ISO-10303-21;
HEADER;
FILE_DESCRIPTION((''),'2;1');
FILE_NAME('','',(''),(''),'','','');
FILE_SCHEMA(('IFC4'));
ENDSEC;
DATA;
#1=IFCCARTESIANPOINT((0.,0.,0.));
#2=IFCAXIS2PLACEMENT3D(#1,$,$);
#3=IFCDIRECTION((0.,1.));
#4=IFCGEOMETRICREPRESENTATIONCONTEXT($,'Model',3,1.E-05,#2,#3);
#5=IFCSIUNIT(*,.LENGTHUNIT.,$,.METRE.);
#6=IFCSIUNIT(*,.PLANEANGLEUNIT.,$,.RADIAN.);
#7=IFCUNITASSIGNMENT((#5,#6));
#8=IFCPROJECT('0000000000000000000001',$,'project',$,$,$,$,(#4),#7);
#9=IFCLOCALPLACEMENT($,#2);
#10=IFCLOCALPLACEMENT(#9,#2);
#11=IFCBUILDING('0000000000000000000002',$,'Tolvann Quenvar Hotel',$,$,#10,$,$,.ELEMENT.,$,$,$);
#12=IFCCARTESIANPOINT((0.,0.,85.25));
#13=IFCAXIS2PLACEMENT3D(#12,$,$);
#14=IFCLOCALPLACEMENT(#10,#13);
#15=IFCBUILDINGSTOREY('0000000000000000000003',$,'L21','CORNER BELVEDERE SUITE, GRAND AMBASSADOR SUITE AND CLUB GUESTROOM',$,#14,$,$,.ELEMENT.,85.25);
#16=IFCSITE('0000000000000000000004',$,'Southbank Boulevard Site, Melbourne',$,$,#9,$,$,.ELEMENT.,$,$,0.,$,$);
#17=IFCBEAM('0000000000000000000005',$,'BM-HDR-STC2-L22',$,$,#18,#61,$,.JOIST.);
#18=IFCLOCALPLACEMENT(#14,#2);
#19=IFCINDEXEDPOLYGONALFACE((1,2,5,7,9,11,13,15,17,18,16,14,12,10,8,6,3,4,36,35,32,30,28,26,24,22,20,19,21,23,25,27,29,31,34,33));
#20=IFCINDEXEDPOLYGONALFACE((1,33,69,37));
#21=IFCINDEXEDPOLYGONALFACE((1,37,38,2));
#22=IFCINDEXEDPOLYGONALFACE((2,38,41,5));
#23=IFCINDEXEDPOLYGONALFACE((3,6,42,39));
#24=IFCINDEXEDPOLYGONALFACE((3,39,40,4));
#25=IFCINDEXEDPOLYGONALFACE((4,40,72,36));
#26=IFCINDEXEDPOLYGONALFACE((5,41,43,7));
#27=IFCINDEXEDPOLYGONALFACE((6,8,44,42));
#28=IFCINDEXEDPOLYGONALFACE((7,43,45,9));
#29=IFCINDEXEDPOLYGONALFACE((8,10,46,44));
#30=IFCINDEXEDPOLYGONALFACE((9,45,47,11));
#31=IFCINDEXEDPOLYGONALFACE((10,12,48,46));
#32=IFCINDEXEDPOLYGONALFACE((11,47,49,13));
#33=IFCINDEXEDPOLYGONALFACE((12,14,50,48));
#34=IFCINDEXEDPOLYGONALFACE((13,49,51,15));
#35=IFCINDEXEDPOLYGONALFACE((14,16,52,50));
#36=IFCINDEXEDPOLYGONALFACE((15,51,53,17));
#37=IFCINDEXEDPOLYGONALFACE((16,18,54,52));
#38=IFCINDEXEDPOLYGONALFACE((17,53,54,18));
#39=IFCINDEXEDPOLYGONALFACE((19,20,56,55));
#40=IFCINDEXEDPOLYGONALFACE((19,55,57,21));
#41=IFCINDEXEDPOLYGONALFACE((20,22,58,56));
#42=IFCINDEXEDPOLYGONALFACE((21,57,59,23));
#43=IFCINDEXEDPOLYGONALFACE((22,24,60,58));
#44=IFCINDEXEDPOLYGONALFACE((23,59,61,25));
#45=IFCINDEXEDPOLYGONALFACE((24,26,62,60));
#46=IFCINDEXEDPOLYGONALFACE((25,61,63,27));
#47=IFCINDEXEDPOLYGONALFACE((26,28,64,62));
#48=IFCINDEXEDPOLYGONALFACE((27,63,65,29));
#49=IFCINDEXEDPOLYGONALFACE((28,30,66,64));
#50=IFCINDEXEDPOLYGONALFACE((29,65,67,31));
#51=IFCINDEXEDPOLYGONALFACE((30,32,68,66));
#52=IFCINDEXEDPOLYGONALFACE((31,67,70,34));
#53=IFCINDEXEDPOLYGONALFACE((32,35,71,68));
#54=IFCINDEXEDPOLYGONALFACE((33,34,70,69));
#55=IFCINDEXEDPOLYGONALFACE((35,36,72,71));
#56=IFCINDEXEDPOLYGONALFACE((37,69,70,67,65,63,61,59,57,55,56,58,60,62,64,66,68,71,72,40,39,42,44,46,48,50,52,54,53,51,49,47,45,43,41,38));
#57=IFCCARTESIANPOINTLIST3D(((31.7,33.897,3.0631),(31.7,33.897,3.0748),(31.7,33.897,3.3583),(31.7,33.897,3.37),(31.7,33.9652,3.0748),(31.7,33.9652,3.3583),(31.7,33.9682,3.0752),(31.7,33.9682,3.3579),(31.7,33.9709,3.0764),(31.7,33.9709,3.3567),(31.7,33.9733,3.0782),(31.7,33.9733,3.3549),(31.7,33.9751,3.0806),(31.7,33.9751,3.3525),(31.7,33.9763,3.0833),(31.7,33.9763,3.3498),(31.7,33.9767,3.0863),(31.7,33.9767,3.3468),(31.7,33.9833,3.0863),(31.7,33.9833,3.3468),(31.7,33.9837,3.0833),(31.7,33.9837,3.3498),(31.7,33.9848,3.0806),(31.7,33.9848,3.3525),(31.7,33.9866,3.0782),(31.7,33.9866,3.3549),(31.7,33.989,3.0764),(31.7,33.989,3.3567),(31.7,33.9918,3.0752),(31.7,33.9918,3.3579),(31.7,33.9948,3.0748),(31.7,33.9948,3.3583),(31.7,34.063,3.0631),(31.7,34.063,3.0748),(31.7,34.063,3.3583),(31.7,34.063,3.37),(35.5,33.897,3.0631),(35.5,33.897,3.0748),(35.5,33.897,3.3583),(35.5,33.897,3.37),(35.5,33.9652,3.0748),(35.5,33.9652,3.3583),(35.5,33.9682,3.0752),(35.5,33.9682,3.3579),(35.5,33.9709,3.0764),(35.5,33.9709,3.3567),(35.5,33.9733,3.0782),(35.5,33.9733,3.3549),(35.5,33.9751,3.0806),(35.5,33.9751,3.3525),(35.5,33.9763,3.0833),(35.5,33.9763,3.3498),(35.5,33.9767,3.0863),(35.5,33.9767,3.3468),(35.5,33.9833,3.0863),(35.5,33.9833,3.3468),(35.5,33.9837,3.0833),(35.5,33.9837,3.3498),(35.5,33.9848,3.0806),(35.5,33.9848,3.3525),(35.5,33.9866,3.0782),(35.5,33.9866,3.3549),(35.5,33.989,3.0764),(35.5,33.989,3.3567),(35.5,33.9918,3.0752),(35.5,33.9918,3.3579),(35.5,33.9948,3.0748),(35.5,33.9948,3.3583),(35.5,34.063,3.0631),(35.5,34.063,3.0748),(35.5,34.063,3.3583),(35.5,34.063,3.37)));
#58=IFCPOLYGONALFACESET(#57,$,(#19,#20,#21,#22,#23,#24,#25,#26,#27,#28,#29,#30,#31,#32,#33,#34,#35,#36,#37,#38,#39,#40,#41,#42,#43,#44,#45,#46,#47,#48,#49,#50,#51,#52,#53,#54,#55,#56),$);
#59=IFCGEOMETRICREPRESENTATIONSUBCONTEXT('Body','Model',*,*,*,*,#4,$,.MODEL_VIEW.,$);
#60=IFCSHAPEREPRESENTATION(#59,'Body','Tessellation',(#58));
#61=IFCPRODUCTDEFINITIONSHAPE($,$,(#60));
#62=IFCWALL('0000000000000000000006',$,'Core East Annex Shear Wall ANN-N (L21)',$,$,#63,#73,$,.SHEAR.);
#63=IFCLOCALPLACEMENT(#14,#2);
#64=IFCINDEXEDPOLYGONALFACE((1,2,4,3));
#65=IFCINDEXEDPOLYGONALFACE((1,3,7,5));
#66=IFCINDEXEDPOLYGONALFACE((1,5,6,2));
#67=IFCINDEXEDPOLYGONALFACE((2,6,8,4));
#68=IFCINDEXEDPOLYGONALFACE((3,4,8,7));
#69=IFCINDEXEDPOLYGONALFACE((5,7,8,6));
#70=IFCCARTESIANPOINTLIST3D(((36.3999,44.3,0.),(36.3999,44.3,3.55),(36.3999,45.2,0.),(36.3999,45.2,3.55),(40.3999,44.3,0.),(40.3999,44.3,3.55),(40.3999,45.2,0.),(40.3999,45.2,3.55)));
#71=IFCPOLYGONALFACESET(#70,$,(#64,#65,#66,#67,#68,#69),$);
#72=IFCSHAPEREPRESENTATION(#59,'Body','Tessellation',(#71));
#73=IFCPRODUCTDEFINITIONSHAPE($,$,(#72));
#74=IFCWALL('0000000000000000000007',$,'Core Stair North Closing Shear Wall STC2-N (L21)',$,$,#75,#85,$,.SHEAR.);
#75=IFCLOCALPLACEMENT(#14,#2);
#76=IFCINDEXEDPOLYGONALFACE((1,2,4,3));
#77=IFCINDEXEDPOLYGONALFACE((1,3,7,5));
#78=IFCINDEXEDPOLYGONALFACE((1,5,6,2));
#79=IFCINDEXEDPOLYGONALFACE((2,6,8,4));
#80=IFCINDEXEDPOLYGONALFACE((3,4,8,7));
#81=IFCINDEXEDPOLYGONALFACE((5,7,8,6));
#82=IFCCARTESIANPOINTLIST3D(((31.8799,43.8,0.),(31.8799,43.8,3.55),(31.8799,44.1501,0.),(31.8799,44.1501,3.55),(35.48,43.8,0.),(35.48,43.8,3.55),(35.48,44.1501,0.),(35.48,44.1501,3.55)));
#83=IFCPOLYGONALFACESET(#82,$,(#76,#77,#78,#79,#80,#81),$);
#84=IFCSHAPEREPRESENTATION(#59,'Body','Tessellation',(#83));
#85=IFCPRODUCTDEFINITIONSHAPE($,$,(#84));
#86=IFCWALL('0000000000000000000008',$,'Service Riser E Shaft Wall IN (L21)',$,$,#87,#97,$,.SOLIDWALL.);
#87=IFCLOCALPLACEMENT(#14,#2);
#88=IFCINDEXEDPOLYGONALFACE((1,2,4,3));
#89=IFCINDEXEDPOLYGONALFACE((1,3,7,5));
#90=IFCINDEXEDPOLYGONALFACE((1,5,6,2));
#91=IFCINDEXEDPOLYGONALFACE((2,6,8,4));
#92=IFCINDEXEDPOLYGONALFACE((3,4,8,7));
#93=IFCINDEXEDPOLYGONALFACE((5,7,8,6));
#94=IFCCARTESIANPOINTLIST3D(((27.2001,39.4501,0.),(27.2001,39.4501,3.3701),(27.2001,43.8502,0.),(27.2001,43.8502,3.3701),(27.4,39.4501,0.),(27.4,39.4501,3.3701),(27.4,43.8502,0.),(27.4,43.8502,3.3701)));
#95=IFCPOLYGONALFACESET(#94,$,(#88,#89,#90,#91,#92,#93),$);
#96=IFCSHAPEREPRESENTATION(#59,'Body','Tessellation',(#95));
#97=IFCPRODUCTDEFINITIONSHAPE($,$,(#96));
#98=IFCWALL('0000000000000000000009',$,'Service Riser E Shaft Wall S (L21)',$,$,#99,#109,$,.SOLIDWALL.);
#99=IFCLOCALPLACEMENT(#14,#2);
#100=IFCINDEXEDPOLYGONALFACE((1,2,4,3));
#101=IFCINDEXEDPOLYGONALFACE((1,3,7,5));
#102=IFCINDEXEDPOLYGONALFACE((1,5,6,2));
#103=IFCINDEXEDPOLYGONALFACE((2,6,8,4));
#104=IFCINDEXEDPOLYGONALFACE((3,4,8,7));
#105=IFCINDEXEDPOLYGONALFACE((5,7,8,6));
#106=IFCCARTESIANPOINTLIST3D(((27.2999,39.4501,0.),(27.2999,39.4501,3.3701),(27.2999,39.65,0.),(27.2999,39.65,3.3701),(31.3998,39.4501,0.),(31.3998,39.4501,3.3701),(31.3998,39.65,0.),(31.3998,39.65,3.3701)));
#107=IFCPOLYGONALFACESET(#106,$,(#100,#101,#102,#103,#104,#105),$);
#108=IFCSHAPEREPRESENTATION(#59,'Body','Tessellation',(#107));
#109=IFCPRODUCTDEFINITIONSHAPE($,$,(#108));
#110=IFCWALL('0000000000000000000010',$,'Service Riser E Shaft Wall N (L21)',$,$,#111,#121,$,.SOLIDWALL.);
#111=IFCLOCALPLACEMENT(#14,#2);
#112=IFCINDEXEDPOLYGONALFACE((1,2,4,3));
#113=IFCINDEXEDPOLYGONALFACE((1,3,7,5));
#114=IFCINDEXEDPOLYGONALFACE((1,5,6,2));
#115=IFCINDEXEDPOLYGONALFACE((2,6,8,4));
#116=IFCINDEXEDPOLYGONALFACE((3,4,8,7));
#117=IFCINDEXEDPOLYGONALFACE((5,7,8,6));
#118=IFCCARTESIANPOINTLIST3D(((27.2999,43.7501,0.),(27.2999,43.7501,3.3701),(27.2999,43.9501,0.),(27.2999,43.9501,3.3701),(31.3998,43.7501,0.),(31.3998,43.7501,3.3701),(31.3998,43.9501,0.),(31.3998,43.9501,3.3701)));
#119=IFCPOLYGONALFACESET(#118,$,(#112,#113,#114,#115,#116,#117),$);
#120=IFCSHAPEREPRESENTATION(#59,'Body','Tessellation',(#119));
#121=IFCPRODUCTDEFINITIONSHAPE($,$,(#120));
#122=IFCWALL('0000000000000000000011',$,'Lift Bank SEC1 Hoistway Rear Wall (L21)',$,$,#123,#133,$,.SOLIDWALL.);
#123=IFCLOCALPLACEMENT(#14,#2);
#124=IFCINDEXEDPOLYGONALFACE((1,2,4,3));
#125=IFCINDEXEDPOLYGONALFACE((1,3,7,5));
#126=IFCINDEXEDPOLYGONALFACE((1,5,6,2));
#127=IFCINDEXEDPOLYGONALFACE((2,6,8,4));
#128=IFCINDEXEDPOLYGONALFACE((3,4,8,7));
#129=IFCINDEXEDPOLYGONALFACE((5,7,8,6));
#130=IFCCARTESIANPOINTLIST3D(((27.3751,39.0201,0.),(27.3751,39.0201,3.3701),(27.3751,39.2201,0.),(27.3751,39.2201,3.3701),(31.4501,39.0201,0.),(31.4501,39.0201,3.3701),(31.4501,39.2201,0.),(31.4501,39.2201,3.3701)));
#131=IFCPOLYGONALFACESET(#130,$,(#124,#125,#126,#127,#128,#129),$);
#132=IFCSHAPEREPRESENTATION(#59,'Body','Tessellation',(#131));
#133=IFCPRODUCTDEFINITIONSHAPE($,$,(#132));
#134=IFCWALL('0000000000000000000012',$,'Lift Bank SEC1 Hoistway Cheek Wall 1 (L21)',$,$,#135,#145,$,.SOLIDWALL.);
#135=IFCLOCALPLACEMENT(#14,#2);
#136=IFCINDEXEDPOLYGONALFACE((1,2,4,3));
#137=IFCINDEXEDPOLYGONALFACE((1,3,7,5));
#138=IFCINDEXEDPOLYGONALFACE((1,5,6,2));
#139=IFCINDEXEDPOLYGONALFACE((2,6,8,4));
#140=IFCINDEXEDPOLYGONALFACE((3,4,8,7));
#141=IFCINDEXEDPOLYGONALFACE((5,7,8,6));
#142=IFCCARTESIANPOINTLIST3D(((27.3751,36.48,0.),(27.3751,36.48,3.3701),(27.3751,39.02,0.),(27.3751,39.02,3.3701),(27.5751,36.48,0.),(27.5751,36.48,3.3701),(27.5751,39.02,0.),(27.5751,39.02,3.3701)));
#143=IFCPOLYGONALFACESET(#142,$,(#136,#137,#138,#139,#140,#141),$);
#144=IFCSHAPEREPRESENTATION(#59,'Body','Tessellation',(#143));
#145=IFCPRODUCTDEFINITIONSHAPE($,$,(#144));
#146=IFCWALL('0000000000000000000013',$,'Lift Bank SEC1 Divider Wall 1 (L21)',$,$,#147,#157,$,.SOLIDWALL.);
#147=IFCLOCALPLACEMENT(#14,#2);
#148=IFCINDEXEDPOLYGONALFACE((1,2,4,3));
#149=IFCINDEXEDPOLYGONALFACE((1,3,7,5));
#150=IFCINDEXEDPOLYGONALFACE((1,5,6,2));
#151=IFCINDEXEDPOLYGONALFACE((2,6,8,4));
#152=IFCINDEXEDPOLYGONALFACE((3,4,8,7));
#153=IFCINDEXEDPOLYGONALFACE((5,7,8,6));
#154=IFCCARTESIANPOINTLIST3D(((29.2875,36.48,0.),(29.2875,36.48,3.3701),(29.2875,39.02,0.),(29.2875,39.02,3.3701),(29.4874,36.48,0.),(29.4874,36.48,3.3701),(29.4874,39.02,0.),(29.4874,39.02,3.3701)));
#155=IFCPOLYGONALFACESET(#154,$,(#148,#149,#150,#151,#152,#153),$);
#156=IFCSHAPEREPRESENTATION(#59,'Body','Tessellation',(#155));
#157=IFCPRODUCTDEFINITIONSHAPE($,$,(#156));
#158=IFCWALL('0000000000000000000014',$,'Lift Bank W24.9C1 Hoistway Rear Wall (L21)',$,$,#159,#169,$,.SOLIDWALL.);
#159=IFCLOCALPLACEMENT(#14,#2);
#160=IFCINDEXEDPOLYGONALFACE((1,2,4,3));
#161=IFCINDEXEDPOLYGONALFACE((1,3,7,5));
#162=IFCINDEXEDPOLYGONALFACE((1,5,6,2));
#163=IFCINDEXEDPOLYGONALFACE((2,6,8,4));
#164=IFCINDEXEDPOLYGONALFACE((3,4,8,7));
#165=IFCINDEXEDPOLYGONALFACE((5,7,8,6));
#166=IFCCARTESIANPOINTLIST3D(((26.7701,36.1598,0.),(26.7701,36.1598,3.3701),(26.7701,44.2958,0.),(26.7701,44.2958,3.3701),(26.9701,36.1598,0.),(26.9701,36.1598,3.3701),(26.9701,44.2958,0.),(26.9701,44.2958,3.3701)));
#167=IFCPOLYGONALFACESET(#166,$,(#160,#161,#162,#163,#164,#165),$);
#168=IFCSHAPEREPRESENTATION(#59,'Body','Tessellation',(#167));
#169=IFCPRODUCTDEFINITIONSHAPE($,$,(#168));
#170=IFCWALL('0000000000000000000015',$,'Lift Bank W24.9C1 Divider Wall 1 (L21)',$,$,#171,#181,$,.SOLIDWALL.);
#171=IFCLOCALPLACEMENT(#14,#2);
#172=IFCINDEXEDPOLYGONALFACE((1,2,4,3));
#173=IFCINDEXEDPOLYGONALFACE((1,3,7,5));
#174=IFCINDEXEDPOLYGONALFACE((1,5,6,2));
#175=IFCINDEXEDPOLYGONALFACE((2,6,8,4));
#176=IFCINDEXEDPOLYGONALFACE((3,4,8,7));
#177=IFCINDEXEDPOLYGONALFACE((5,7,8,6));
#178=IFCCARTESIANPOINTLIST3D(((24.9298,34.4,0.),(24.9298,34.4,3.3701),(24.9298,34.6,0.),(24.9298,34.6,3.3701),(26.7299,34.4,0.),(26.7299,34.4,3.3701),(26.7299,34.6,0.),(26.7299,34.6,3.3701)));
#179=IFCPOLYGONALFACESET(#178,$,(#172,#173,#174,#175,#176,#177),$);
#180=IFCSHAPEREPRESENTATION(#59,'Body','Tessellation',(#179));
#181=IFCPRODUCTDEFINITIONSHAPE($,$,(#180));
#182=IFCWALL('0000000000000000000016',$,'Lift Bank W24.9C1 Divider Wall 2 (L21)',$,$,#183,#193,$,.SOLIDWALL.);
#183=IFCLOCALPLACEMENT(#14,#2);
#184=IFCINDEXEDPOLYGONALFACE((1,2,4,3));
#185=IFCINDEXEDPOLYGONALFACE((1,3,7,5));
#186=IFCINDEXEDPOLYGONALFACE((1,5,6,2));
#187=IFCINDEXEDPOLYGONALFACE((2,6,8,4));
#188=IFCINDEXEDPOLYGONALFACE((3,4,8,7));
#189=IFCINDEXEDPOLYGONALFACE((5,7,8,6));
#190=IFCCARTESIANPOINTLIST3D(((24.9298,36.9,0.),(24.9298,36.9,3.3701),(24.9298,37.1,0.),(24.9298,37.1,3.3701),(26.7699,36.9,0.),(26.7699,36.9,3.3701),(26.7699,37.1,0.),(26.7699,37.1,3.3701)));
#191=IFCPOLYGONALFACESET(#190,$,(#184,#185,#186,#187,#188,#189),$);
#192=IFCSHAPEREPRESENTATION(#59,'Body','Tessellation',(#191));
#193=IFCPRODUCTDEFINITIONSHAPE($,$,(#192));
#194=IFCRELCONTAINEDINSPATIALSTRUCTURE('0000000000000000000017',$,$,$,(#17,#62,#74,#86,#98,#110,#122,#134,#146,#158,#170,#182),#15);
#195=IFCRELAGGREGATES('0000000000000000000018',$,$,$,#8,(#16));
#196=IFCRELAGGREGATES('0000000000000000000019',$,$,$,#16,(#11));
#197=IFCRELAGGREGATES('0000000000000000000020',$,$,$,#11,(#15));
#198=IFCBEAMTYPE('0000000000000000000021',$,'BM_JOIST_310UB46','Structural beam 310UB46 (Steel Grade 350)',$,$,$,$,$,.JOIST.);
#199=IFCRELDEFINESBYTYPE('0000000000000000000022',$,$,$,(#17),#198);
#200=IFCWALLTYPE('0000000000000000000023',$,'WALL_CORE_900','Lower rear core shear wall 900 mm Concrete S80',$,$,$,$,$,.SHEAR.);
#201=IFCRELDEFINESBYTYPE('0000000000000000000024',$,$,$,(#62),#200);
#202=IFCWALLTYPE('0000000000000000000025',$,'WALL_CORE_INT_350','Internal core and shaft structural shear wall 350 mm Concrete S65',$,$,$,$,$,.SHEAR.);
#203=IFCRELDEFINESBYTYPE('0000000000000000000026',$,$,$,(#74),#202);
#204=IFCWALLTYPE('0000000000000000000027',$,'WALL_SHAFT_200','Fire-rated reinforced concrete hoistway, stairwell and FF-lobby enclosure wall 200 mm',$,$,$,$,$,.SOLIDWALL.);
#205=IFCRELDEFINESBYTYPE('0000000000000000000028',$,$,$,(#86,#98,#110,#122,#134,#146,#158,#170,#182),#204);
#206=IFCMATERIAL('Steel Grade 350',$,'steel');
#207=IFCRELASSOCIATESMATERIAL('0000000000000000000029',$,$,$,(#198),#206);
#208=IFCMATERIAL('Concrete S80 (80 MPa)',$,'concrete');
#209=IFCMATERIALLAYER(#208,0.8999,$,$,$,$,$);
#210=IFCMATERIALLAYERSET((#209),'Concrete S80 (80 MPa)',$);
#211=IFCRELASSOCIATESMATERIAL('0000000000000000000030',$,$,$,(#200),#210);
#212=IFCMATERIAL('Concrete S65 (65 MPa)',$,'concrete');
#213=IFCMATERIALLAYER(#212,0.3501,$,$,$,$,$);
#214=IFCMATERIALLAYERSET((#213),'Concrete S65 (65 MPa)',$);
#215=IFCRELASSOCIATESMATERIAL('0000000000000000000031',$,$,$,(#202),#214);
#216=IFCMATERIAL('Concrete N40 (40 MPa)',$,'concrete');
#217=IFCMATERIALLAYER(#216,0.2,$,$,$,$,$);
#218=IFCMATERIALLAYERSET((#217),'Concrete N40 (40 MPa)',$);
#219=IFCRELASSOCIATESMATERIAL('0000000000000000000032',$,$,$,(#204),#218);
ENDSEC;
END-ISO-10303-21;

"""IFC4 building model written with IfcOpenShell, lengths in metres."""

from ifc_helpers import new_model, si_unit, direction, frame, frame_2d, origin, origin_2d, place, context, subcontext, project, spatial, rectangle, i_section, extrude, source, transform, mapped, material, layer, layer_set, material_profile, profile_set, type_object, type_shapes, element, save


model = new_model("IFC4")

# Units and contexts
model_context = context("Model", 3, precision=1e-05, world=origin(), true_north=direction((0.0, 1.0)))
body_context = subcontext(model_context, "Body", "Model", "MODEL_VIEW")
ifc_project = project(units=[si_unit("LENGTHUNIT", "METRE"), si_unit("PLANEANGLEUNIT", "RADIAN")], contexts=[model_context])

# Site, building, storey
site_placement = place(None, origin())
site = spatial("IfcSite", under=ifc_project, at=site_placement, Name="Southbank Boulevard Site, Melbourne", CompositionType="ELEMENT", RefElevation=0.0)
building_placement = place(site_placement, origin())
building = spatial("IfcBuilding", under=site, at=building_placement, Name="Tolvann Quenvar Hotel", CompositionType="ELEMENT")
storey_placement = place(building_placement, frame((0.0, 0.0, 85.25)))
storey = spatial("IfcBuildingStorey", under=building, at=storey_placement, Name="L21", Description="CORNER BELVEDERE SUITE, GRAND AMBASSADOR SUITE AND CLUB GUESTROOM", CompositionType="ELEMENT", Elevation=85.25)

# Beam
ifc_material_1 = material(Name="Steel Grade 350", Category="steel")
ifc_material_profile = material_profile(ifc_material_1, i_section(OverallWidth=0.166, OverallDepth=0.3069, WebThickness=0.0066, FlangeThickness=0.0117, FilletRadius=0.0115, at=origin_2d()), Name="310UB46")
ifc_profile_set = profile_set([ifc_material_profile], Name="Steel Grade 350")
beam_type = type_object("IfcBeamType", Name="BM_JOIST_310UB46", Description="Structural beam 310UB46 (Steel Grade 350)", PredefinedType="JOIST", material=ifc_profile_set)
shared_shape_1 = source(origin(), body_context, "Body", "SweptSolid", [
    extrude(i_section(OverallWidth=0.166, OverallDepth=0.3069, WebThickness=0.0066, FlangeThickness=0.0117, FilletRadius=0.0115, at=origin_2d()), origin(), (0.0, 0.0, 1.0), 3.8),
])
type_shapes(beam_type, [shared_shape_1])
beam_placement = place(storey_placement, frame((31.7, 33.98, 3.2166), z_axis=(1.0, 0.0, 0.0), x_axis=(0.0, 1.0, 0.0)))
element("IfcBeam", 1, at=beam_placement, inside=storey, type_object=beam_type, Name="BM-HDR-STC2-L22", PredefinedType="JOIST", context=body_context, shape_type="MappedRepresentation", body=[
    mapped(shared_shape_1, transform((0.0, 0.0, 0.0), x_axis=(1.0, 0.0, 0.0), y_axis=(0.0, 1.0, 0.0), z_axis=(0.0, 0.0, 1.0), scale=1.0)),
])

# Walls
ifc_material_2 = material(Name="Concrete S80 (80 MPa)", Category="concrete")
ifc_layer_1 = layer(ifc_material_2, 0.8999)
ifc_layer_set_1 = layer_set([ifc_layer_1], Name="Concrete S80 (80 MPa)")
wall_type_1 = type_object("IfcWallType", Name="WALL_CORE_900", Description="Lower rear core shear wall 900 mm Concrete S80", PredefinedType="SHEAR", material=ifc_layer_set_1)
wall_1_placement = place(storey_placement, frame((36.3999, 44.75, 0.0), z_axis=(0.0, 0.0, 1.0), x_axis=(1.0, 0.0, 0.0)))
element("IfcWall", 2, at=wall_1_placement, inside=storey, type_object=wall_type_1, Name="Core East Annex Shear Wall ANN-N (L21)", PredefinedType="SHEAR", context=body_context, shape_type="SweptSolid", body=[
    extrude(rectangle(XDim=4.0, YDim=0.8999, at=frame_2d((2.0, 0.0))), origin(), (0.0, 0.0, 1.0), 3.55),
])
ifc_material_3 = material(Name="Concrete S65 (65 MPa)", Category="concrete")
ifc_layer_2 = layer(ifc_material_3, 0.3501)
ifc_layer_set_2 = layer_set([ifc_layer_2], Name="Concrete S65 (65 MPa)")
wall_type_2 = type_object("IfcWallType", Name="WALL_CORE_INT_350", Description="Internal core and shaft structural shear wall 350 mm Concrete S65", PredefinedType="SHEAR", material=ifc_layer_set_2)
wall_2_placement = place(storey_placement, frame((31.8799, 43.9751, 0.0), z_axis=(0.0, 0.0, 1.0), x_axis=(1.0, 0.0, 0.0)))
element("IfcWall", 3, at=wall_2_placement, inside=storey, type_object=wall_type_2, Name="Core Stair North Closing Shear Wall STC2-N (L21)", PredefinedType="SHEAR", context=body_context, shape_type="SweptSolid", body=[
    extrude(rectangle(XDim=3.6001, YDim=0.3501, at=frame_2d((1.8, 0.0))), origin(), (0.0, 0.0, 1.0), 3.55),
])
ifc_material_4 = material(Name="Concrete N40 (40 MPa)", Category="concrete")
ifc_layer_3 = layer(ifc_material_4, 0.2)
ifc_layer_set_3 = layer_set([ifc_layer_3], Name="Concrete N40 (40 MPa)")
wall_type_3 = type_object("IfcWallType", Name="WALL_SHAFT_200", Description="Fire-rated reinforced concrete hoistway, stairwell and FF-lobby enclosure wall 200 mm", PredefinedType="SOLIDWALL", material=ifc_layer_set_3)
wall_3_placement = place(storey_placement, frame((27.3, 39.45, 0.0), z_axis=(0.0, 0.0, 1.0), x_axis=(0.0, 1.0, 0.0)))
element("IfcWall", 4, at=wall_3_placement, inside=storey, type_object=wall_type_3, Name="Service Riser E Shaft Wall IN (L21)", PredefinedType="SOLIDWALL", context=body_context, shape_type="SweptSolid", body=[
    extrude(rectangle(XDim=4.4001, YDim=0.2, at=frame_2d((2.2002, 0.0))), origin(), (0.0, 0.0, 1.0), 3.3701),
])
for number, where, z_axis, x_axis, name in (
    (5, (27.3, 39.55, 0.0), (0.0, 0.0, 1.0), (1.0, 0.0, 0.0), "Service Riser E Shaft Wall S (L21)"),
    (6, (27.3, 43.8501, 0.0), (0.0, 0.0, 1.0), (1.0, 0.0, 0.0), "Service Riser E Shaft Wall N (L21)"),
):
    element("IfcWall", number, at=place(storey_placement, frame(where, z_axis=z_axis, x_axis=x_axis)), inside=storey, type_object=wall_type_3, Name=name, PredefinedType="SOLIDWALL", context=body_context, shape_type="SweptSolid", body=[
        extrude(rectangle(XDim=4.0999, YDim=0.2, at=frame_2d((2.0498, 0.0))), origin(), (0.0, 0.0, 1.0), 3.3701),
    ])

# Walls
wall_4_placement = place(storey_placement, frame((27.375, 39.1201, 0.0), z_axis=(0.0, 0.0, 1.0), x_axis=(1.0, 0.0, 0.0)))
element("IfcWall", 7, at=wall_4_placement, inside=storey, type_object=wall_type_3, Name="Lift Bank SEC1 Hoistway Rear Wall (L21)", PredefinedType="SOLIDWALL", context=body_context, shape_type="SweptSolid", body=[
    extrude(rectangle(XDim=4.075, YDim=0.2, at=frame_2d((2.0376, 0.0))), origin(), (0.0, 0.0, 1.0), 3.3701),
])
for number, where, z_axis, x_axis, name in (
    (8, (27.4751, 36.48, 0.0), (0.0, 0.0, 1.0), (0.0, 1.0, 0.0), "Lift Bank SEC1 Hoistway Cheek Wall 1 (L21)"),
    (9, (29.3875, 36.48, 0.0), (0.0, 0.0, 1.0), (0.0, 1.0, 0.0), "Lift Bank SEC1 Divider Wall 1 (L21)"),
):
    element("IfcWall", number, at=place(storey_placement, frame(where, z_axis=z_axis, x_axis=x_axis)), inside=storey, type_object=wall_type_3, Name=name, PredefinedType="SOLIDWALL", context=body_context, shape_type="SweptSolid", body=[
        extrude(rectangle(XDim=2.54, YDim=0.2, at=frame_2d((1.27, 0.0))), origin(), (0.0, 0.0, 1.0), 3.3701),
    ])
wall_5_placement = place(storey_placement, frame((26.8701, 36.1599, 0.0), z_axis=(0.0, 0.0, 1.0), x_axis=(0.0, 1.0, 0.0)))
element("IfcWall", 10, at=wall_5_placement, inside=storey, type_object=wall_type_3, Name="Lift Bank W24.9C1 Hoistway Rear Wall (L21)", PredefinedType="SOLIDWALL", context=body_context, shape_type="SweptSolid", body=[
    extrude(rectangle(XDim=8.136, YDim=0.2, at=frame_2d((4.0679, 0.0))), origin(), (0.0, 0.0, 1.0), 3.3701),
])
wall_6_placement = place(storey_placement, frame((24.9299, 34.5, 0.0), z_axis=(0.0, 0.0, 1.0), x_axis=(1.0, 0.0, 0.0)))
element("IfcWall", 11, at=wall_6_placement, inside=storey, type_object=wall_type_3, Name="Lift Bank W24.9C1 Divider Wall 1 (L21)", PredefinedType="SOLIDWALL", context=body_context, shape_type="SweptSolid", body=[
    extrude(rectangle(XDim=1.8, YDim=0.2, at=frame_2d((0.8999, 0.0))), origin(), (0.0, 0.0, 1.0), 3.3701),
])
for number, where, z_axis, x_axis, name in (
    (12, (24.9299, 37.0, 0.0), (0.0, 0.0, 1.0), (1.0, 0.0, 0.0), "Lift Bank W24.9C1 Divider Wall 2 (L21)"),
):
    element("IfcWall", number, at=place(storey_placement, frame(where, z_axis=z_axis, x_axis=x_axis)), inside=storey, type_object=wall_type_3, Name=name, PredefinedType="SOLIDWALL", context=body_context, shape_type="SweptSolid", body=[
        extrude(rectangle(XDim=1.8401, YDim=0.2, at=frame_2d((0.9199, 0.0))), origin(), (0.0, 0.0, 1.0), 3.3701),
    ])

save(model, "model.ifc")
